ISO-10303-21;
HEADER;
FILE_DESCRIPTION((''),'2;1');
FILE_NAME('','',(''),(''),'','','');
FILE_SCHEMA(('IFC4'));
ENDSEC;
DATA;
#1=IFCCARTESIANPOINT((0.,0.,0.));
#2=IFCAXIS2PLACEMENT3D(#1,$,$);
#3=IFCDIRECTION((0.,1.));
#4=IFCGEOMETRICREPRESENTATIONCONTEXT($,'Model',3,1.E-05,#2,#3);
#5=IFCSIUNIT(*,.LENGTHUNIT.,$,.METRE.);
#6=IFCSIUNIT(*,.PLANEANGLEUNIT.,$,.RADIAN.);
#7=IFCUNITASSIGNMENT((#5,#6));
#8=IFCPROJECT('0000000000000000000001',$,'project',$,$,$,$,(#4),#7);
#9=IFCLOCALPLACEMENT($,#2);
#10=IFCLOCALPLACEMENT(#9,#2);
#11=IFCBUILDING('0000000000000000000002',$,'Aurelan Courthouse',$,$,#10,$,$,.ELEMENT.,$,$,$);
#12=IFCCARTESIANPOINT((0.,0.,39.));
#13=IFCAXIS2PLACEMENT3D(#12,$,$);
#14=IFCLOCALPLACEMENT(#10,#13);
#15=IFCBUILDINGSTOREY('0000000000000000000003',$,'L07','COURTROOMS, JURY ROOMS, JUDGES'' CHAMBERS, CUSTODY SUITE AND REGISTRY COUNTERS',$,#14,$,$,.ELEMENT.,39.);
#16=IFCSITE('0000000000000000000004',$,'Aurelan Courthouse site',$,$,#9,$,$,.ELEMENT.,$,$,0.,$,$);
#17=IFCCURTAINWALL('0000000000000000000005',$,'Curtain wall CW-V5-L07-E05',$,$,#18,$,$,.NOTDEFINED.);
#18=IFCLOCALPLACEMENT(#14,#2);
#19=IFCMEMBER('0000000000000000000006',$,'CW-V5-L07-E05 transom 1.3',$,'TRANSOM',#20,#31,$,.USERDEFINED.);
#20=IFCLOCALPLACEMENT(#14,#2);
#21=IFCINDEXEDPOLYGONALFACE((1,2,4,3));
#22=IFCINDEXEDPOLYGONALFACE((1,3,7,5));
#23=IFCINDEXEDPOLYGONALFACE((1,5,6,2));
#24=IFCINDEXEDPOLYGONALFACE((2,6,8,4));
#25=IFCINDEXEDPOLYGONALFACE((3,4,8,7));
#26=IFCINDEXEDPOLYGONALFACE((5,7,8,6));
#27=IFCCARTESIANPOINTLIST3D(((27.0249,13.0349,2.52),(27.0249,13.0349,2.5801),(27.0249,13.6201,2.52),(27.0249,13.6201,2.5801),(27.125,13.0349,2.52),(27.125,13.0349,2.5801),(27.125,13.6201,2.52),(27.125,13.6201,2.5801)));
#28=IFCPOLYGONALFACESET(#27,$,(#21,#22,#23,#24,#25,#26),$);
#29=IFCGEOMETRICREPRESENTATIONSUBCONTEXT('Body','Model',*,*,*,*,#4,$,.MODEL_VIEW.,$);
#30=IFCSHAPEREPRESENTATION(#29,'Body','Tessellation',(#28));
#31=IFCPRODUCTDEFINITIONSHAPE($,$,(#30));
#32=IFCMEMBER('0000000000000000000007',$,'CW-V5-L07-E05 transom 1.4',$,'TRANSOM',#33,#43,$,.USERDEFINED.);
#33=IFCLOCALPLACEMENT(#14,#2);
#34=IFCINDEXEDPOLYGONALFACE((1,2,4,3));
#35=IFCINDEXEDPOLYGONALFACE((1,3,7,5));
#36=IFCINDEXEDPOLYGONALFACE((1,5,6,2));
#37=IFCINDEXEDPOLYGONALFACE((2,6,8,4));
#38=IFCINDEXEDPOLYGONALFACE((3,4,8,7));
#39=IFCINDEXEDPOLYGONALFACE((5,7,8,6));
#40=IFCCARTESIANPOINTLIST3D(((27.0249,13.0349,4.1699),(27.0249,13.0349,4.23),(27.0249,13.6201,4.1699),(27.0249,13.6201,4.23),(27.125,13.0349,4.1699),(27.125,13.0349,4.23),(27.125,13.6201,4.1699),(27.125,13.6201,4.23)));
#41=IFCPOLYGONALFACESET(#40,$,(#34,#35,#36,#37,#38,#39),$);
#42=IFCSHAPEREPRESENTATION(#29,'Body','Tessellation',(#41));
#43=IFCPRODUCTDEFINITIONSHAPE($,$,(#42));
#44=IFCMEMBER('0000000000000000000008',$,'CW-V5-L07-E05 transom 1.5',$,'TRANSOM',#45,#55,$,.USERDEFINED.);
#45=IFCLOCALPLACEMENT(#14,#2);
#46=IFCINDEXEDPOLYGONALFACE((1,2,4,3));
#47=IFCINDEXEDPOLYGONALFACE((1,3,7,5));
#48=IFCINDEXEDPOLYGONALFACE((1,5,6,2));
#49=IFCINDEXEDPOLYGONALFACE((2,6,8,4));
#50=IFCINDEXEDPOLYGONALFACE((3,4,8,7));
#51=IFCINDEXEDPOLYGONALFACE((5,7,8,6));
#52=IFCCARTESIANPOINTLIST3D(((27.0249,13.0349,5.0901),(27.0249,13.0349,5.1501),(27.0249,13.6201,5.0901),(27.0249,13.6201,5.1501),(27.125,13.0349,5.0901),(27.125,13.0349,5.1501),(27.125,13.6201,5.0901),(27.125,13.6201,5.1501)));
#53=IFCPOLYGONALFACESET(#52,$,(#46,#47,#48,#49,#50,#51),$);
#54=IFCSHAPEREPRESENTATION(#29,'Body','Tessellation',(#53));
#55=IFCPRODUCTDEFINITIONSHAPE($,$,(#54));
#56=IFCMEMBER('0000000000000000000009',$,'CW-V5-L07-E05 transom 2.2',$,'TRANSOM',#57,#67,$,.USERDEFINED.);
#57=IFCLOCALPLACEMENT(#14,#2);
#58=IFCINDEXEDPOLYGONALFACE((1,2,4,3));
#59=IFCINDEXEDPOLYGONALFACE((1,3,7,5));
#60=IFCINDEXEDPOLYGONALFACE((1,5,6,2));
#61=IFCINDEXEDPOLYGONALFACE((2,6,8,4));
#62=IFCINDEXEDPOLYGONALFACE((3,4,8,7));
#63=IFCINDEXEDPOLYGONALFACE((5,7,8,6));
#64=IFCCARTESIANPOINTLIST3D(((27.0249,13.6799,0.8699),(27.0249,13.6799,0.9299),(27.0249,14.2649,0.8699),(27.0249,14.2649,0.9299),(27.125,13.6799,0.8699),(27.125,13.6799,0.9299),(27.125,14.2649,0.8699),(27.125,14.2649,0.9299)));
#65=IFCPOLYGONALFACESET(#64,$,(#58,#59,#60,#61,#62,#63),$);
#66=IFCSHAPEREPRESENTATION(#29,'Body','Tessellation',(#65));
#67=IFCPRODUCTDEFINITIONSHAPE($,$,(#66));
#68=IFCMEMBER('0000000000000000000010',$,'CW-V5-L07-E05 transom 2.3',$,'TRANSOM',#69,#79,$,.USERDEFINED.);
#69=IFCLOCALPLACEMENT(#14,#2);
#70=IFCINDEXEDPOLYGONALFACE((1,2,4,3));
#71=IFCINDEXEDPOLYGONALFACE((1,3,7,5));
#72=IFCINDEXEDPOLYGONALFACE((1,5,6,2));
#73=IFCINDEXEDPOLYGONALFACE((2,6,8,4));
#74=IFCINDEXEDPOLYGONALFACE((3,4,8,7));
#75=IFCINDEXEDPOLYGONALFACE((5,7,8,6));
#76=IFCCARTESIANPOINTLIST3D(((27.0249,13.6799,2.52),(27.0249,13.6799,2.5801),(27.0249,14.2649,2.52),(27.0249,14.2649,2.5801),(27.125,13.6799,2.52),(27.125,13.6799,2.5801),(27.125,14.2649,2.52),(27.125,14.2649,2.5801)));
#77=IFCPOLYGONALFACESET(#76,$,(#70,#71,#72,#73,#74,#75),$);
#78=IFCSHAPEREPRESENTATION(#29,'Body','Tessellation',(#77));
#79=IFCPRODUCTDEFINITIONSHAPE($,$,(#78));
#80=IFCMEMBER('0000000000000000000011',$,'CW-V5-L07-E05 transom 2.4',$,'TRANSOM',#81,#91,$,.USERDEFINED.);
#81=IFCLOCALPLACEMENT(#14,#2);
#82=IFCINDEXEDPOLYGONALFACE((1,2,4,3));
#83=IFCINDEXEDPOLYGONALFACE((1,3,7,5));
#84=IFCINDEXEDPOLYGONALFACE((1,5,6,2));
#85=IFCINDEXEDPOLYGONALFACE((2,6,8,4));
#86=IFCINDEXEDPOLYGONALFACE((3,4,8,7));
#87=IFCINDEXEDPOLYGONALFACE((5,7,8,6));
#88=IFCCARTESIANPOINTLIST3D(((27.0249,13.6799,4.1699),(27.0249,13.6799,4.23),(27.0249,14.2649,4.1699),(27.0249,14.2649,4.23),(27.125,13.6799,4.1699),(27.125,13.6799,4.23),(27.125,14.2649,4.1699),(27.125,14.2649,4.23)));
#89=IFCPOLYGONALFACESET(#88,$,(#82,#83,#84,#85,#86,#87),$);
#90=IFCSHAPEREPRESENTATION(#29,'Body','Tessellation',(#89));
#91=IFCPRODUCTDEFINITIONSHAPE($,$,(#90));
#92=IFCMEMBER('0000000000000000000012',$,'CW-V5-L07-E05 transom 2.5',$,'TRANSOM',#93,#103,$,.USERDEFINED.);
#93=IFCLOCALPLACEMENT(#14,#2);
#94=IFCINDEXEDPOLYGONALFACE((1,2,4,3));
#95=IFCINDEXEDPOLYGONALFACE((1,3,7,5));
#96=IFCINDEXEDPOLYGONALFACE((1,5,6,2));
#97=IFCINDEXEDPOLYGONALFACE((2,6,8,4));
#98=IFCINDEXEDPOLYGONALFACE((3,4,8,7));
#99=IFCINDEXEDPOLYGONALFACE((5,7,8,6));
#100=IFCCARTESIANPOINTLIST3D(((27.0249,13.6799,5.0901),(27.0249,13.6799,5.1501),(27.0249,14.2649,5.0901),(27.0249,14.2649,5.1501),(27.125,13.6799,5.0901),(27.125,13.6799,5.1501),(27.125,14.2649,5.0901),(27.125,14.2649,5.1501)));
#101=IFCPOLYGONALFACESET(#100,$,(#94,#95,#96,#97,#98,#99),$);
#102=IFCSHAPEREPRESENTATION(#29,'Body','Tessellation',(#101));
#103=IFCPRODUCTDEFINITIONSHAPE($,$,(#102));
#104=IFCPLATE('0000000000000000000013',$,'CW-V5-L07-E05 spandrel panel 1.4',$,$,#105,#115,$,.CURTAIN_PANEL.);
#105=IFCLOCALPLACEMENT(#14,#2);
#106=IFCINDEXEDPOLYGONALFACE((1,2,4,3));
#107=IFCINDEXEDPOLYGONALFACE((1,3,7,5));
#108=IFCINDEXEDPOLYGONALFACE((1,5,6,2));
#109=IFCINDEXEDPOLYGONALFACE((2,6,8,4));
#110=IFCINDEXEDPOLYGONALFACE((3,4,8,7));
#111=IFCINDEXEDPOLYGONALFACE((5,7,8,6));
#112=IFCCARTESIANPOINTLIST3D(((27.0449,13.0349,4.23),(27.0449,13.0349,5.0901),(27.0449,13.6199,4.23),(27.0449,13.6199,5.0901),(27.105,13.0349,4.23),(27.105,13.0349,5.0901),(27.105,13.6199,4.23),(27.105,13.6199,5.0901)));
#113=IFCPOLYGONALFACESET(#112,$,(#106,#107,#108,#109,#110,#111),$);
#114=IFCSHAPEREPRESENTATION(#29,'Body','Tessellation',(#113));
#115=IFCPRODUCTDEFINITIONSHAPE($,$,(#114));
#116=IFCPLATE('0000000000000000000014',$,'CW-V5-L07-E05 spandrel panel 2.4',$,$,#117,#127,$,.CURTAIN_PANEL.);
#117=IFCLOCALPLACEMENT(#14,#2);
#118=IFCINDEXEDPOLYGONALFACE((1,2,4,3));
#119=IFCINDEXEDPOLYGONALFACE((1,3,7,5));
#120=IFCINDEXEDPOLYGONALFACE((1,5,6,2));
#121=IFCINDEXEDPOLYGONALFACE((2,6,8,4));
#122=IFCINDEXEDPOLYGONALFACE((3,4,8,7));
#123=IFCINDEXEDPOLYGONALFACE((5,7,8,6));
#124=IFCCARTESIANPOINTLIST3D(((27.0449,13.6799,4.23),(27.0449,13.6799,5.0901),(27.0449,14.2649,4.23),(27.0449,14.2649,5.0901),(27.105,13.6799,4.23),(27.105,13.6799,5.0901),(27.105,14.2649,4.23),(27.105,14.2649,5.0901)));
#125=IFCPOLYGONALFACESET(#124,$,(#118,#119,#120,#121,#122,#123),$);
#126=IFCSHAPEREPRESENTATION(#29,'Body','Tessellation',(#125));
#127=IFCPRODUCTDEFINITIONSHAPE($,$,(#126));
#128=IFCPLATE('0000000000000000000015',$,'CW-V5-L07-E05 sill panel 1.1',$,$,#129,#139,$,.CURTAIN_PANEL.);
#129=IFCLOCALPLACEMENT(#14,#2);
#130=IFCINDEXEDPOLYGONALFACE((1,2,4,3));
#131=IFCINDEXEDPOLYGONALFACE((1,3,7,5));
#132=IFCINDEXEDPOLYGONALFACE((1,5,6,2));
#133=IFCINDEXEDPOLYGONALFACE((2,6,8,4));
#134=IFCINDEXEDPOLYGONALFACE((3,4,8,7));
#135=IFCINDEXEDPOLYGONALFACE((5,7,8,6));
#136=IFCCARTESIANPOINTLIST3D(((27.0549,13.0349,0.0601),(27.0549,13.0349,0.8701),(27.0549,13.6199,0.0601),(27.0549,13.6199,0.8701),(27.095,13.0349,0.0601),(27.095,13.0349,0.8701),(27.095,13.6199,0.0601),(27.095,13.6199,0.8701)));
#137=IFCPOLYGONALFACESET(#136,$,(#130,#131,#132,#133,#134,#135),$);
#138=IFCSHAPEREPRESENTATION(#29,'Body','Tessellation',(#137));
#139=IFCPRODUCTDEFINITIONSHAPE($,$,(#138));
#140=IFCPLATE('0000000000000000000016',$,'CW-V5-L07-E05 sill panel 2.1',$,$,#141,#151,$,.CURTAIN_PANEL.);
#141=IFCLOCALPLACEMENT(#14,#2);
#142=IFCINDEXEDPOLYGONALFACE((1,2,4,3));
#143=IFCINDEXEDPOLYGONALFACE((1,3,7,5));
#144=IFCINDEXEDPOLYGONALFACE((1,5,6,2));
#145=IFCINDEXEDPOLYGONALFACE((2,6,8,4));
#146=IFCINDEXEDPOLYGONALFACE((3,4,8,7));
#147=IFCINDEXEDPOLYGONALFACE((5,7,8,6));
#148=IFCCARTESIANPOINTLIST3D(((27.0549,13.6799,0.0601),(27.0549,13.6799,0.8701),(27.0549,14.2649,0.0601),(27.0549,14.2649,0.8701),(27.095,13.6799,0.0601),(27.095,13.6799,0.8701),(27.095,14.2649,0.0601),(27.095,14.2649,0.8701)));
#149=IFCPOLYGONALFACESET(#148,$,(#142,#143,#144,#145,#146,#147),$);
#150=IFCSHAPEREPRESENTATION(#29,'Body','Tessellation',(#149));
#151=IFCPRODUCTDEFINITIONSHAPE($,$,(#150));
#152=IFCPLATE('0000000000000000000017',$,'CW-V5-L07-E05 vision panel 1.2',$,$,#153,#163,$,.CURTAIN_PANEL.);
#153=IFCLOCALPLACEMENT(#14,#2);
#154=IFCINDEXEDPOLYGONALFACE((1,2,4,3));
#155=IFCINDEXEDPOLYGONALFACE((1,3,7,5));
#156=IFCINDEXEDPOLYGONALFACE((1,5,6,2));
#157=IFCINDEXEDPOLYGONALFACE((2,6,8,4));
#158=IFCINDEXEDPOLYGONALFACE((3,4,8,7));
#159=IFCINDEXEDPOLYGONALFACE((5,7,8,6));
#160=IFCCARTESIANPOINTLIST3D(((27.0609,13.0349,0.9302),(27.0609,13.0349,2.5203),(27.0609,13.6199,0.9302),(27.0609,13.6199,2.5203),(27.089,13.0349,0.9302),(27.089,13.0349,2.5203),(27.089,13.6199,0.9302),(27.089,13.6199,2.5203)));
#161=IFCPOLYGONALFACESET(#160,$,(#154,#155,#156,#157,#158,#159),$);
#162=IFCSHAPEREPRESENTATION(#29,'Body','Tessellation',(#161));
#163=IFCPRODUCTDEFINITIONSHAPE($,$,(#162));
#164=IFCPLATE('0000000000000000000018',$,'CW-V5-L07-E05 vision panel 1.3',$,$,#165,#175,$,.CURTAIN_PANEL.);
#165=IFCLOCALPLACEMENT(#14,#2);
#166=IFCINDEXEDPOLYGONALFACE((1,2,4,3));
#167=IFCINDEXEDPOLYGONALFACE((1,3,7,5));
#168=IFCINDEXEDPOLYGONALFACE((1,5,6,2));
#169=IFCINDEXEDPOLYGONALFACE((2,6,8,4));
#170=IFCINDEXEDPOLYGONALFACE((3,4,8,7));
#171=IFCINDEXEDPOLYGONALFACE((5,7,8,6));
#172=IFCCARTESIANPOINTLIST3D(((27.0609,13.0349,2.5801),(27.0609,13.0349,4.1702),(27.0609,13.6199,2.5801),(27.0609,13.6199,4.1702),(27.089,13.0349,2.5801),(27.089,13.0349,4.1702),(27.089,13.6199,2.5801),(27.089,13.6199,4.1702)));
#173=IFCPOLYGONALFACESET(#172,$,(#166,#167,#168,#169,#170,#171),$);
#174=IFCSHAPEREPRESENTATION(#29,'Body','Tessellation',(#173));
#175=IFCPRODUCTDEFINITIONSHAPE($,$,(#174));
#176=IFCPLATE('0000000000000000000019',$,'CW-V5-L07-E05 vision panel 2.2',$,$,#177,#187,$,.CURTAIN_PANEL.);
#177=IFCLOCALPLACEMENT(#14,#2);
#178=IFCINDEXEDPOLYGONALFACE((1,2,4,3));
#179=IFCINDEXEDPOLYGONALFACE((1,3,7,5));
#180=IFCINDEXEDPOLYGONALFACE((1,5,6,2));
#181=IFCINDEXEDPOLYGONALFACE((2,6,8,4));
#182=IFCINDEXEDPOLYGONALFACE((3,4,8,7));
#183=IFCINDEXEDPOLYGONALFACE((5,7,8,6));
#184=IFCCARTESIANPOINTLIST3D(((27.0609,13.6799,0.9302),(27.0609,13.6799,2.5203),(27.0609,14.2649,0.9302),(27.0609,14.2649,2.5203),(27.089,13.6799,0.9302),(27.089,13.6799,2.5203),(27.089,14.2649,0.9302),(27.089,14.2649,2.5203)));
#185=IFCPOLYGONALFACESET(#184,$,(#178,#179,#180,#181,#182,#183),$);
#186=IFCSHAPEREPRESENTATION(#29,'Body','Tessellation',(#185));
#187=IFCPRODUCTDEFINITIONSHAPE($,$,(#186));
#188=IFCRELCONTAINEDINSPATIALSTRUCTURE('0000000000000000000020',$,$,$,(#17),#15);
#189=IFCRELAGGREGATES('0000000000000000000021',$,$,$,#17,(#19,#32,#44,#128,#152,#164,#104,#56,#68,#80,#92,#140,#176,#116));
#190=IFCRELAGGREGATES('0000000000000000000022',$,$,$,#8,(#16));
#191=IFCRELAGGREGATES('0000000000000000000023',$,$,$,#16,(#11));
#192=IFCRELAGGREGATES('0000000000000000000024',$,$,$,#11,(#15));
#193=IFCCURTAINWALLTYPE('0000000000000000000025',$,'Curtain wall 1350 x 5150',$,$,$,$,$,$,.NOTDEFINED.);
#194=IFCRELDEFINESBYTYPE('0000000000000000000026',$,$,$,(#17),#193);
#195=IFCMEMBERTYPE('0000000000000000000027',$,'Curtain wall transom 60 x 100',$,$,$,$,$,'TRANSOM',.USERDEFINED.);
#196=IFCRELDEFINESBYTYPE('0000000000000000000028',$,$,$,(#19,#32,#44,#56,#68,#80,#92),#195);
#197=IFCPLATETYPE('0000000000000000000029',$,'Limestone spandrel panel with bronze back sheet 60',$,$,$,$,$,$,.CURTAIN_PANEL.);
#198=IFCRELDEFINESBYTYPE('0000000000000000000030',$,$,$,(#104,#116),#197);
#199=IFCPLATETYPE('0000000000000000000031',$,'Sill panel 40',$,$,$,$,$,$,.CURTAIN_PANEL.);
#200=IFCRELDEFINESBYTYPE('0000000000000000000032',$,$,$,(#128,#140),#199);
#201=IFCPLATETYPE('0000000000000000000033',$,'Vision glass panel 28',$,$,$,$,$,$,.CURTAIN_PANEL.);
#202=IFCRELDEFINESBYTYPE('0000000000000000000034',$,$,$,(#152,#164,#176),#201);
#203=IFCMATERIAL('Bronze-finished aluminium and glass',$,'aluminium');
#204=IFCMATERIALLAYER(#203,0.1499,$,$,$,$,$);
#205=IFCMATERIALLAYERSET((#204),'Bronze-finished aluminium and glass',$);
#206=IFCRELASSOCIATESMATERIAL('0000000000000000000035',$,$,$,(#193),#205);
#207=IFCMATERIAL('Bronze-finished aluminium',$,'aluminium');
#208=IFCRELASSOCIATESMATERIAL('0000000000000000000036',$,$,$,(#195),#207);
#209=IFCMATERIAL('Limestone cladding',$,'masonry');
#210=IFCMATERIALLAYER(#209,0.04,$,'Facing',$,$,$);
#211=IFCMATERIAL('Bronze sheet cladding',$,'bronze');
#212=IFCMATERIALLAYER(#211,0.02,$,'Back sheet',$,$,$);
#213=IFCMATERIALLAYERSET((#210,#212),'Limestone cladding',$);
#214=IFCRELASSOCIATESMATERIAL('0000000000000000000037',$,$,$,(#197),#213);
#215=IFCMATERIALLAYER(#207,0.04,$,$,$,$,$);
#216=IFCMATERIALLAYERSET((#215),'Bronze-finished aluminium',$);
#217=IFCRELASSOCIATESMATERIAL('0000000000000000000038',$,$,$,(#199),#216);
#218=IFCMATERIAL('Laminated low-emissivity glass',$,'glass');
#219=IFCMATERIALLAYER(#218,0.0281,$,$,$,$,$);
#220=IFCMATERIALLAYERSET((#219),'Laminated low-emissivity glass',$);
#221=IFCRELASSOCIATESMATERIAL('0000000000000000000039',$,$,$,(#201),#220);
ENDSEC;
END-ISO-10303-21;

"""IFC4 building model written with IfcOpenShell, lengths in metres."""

from ifc_helpers import new_model, si_unit, direction, frame, origin, origin_2d, place, context, subcontext, project, spatial, rectangle, extrude, material, layer, layer_set, material_profile, profile_set, type_object, element, aggregate, save


model = new_model("IFC4")

# Units and contexts
model_context = context("Model", 3, precision=1e-05, world=origin(), true_north=direction((0.0, 1.0)))
body_context = subcontext(model_context, "Body", "Model", "MODEL_VIEW")
ifc_project = project(units=[si_unit("LENGTHUNIT", "METRE"), si_unit("PLANEANGLEUNIT", "RADIAN")], contexts=[model_context])

# Site, building, storey
site_placement = place(None, origin())
site = spatial("IfcSite", under=ifc_project, at=site_placement, Name="Aurelan Courthouse site", CompositionType="ELEMENT", RefElevation=0.0)
building_placement = place(site_placement, origin())
building = spatial("IfcBuilding", under=site, at=building_placement, Name="Aurelan Courthouse", CompositionType="ELEMENT")
storey_placement = place(building_placement, frame((0.0, 0.0, 39.0)))
storey = spatial("IfcBuildingStorey", under=building, at=storey_placement, Name="L07", Description="COURTROOMS, JURY ROOMS, JUDGES' CHAMBERS, CUSTODY SUITE AND REGISTRY COUNTERS", CompositionType="ELEMENT", Elevation=39.0)

# Curtain wall, members, plates
ifc_material_1 = material(Name="Bronze-finished aluminium and glass", Category="aluminium")
ifc_layer_1 = layer(ifc_material_1, 0.1499)
ifc_layer_set_1 = layer_set([ifc_layer_1], Name="Bronze-finished aluminium and glass")
curtain_wall_type = type_object("IfcCurtainWallType", Name="Curtain wall 1350 x 5150", PredefinedType="NOTDEFINED", material=ifc_layer_set_1)
curtain_wall_placement = place(storey_placement, origin())
curtain_wall = element("IfcCurtainWall", 1, at=curtain_wall_placement, inside=storey, type_object=curtain_wall_type, Name="Curtain wall CW-V5-L07-E05", PredefinedType="NOTDEFINED")
ifc_material_2 = material(Name="Bronze-finished aluminium", Category="aluminium")
ifc_material_profile = material_profile(ifc_material_2, rectangle(XDim=0.1001, YDim=0.0601, at=origin_2d()), Name="Bronze transom 60 x 100")
ifc_profile_set = profile_set([ifc_material_profile], Name="Bronze-finished aluminium")
member_type = type_object("IfcMemberType", Name="Curtain wall transom 60 x 100", ElementType="TRANSOM", PredefinedType="USERDEFINED", material=ifc_profile_set)
member_1_placement = place(storey_placement, frame((27.075, 13.0349, 2.55), z_axis=(0.0, 1.0, 0.0), x_axis=(-1.0, 0.0, 0.0)))
member_1 = element("IfcMember", 2, at=member_1_placement, type_object=member_type, Name="CW-V5-L07-E05 transom 1.3", ObjectType="TRANSOM", PredefinedType="USERDEFINED", context=body_context, shape_type="SweptSolid", body=[
    extrude(rectangle(XDim=0.1001, YDim=0.0601, at=origin_2d()), origin(), (0.0, 0.0, 1.0), 0.5852),
])
member_2_placement = place(storey_placement, frame((27.075, 13.0349, 4.2), z_axis=(0.0, 1.0, 0.0), x_axis=(-1.0, 0.0, 0.0)))
member_2 = element("IfcMember", 3, at=member_2_placement, type_object=member_type, Name="CW-V5-L07-E05 transom 1.4", ObjectType="TRANSOM", PredefinedType="USERDEFINED", context=body_context, shape_type="SweptSolid", body=[
    extrude(rectangle(XDim=0.1001, YDim=0.0601, at=origin_2d()), origin(), (0.0, 0.0, 1.0), 0.5852),
])
member_3_placement = place(storey_placement, frame((27.075, 13.0349, 5.1201), z_axis=(0.0, 1.0, 0.0), x_axis=(-1.0, 0.0, 0.0)))
member_3 = element("IfcMember", 4, at=member_3_placement, type_object=member_type, Name="CW-V5-L07-E05 transom 1.5", ObjectType="TRANSOM", PredefinedType="USERDEFINED", context=body_context, shape_type="SweptSolid", body=[
    extrude(rectangle(XDim=0.1001, YDim=0.0601, at=origin_2d()), origin(), (0.0, 0.0, 1.0), 0.5852),
])
member_4_placement = place(storey_placement, frame((27.075, 13.6799, 0.8999), z_axis=(0.0, 1.0, 0.0), x_axis=(-1.0, 0.0, 0.0)))
member_4 = element("IfcMember", 5, at=member_4_placement, type_object=member_type, Name="CW-V5-L07-E05 transom 2.2", ObjectType="TRANSOM", PredefinedType="USERDEFINED", context=body_context, shape_type="SweptSolid", body=[
    extrude(rectangle(XDim=0.1001, YDim=0.0601, at=origin_2d()), origin(), (0.0, 0.0, 1.0), 0.585),
])
member_5_placement = place(storey_placement, frame((27.075, 13.6799, 2.55), z_axis=(0.0, 1.0, 0.0), x_axis=(-1.0, 0.0, 0.0)))
member_5 = element("IfcMember", 6, at=member_5_placement, type_object=member_type, Name="CW-V5-L07-E05 transom 2.3", ObjectType="TRANSOM", PredefinedType="USERDEFINED", context=body_context, shape_type="SweptSolid", body=[
    extrude(rectangle(XDim=0.1001, YDim=0.0601, at=origin_2d()), origin(), (0.0, 0.0, 1.0), 0.585),
])
member_6_placement = place(storey_placement, frame((27.075, 13.6799, 4.2), z_axis=(0.0, 1.0, 0.0), x_axis=(-1.0, 0.0, 0.0)))
member_6 = element("IfcMember", 7, at=member_6_placement, type_object=member_type, Name="CW-V5-L07-E05 transom 2.4", ObjectType="TRANSOM", PredefinedType="USERDEFINED", context=body_context, shape_type="SweptSolid", body=[
    extrude(rectangle(XDim=0.1001, YDim=0.0601, at=origin_2d()), origin(), (0.0, 0.0, 1.0), 0.585),
])
member_7_placement = place(storey_placement, frame((27.075, 13.6799, 5.1201), z_axis=(0.0, 1.0, 0.0), x_axis=(-1.0, 0.0, 0.0)))
member_7 = element("IfcMember", 8, at=member_7_placement, type_object=member_type, Name="CW-V5-L07-E05 transom 2.5", ObjectType="TRANSOM", PredefinedType="USERDEFINED", context=body_context, shape_type="SweptSolid", body=[
    extrude(rectangle(XDim=0.1001, YDim=0.0601, at=origin_2d()), origin(), (0.0, 0.0, 1.0), 0.585),
])
ifc_material_3 = material(Name="Limestone cladding", Category="masonry")
ifc_layer_2 = layer(ifc_material_3, 0.04, Name="Facing")
ifc_material_4 = material(Name="Bronze sheet cladding", Category="bronze")
ifc_layer_3 = layer(ifc_material_4, 0.02, Name="Back sheet")
ifc_layer_set_2 = layer_set([ifc_layer_2, ifc_layer_3], Name="Limestone cladding")
plate_type_1 = type_object("IfcPlateType", Name="Limestone spandrel panel with bronze back sheet 60", PredefinedType="CURTAIN_PANEL", material=ifc_layer_set_2)
plate_1_placement = place(storey_placement, frame((27.075, 13.3274, 4.23), z_axis=(0.0, 0.0, 1.0), x_axis=(0.0, 1.0, 0.0)))
plate_1 = element("IfcPlate", 9, at=plate_1_placement, type_object=plate_type_1, Name="CW-V5-L07-E05 spandrel panel 1.4", PredefinedType="CURTAIN_PANEL", context=body_context, shape_type="SweptSolid", body=[
    extrude(rectangle(XDim=0.585, YDim=0.0601, at=origin_2d()), origin(), (0.0, 0.0, 1.0), 0.8601),
])
plate_2_placement = place(storey_placement, frame((27.075, 13.9724, 4.23), z_axis=(0.0, 0.0, 1.0), x_axis=(0.0, 1.0, 0.0)))
plate_2 = element("IfcPlate", 10, at=plate_2_placement, type_object=plate_type_1, Name="CW-V5-L07-E05 spandrel panel 2.4", PredefinedType="CURTAIN_PANEL", context=body_context, shape_type="SweptSolid", body=[
    extrude(rectangle(XDim=0.585, YDim=0.0601, at=origin_2d()), origin(), (0.0, 0.0, 1.0), 0.8601),
])
ifc_layer_4 = layer(ifc_material_2, 0.04)
ifc_layer_set_3 = layer_set([ifc_layer_4], Name="Bronze-finished aluminium")
plate_type_2 = type_object("IfcPlateType", Name="Sill panel 40", PredefinedType="CURTAIN_PANEL", material=ifc_layer_set_3)
plate_3_placement = place(storey_placement, frame((27.075, 13.3274, 0.0601), z_axis=(0.0, 0.0, 1.0), x_axis=(0.0, 1.0, 0.0)))
plate_3 = element("IfcPlate", 11, at=plate_3_placement, type_object=plate_type_2, Name="CW-V5-L07-E05 sill panel 1.1", PredefinedType="CURTAIN_PANEL", context=body_context, shape_type="SweptSolid", body=[
    extrude(rectangle(XDim=0.585, YDim=0.04, at=origin_2d()), origin(), (0.0, 0.0, 1.0), 0.8101),
])
plate_4_placement = place(storey_placement, frame((27.075, 13.9724, 0.0601), z_axis=(0.0, 0.0, 1.0), x_axis=(0.0, 1.0, 0.0)))
plate_4 = element("IfcPlate", 12, at=plate_4_placement, type_object=plate_type_2, Name="CW-V5-L07-E05 sill panel 2.1", PredefinedType="CURTAIN_PANEL", context=body_context, shape_type="SweptSolid", body=[
    extrude(rectangle(XDim=0.585, YDim=0.04, at=origin_2d()), origin(), (0.0, 0.0, 1.0), 0.8101),
])
ifc_material_5 = material(Name="Laminated low-emissivity glass", Category="glass")
ifc_layer_5 = layer(ifc_material_5, 0.0281)
ifc_layer_set_4 = layer_set([ifc_layer_5], Name="Laminated low-emissivity glass")
plate_type_3 = type_object("IfcPlateType", Name="Vision glass panel 28", PredefinedType="CURTAIN_PANEL", material=ifc_layer_set_4)
plate_5_placement = place(storey_placement, frame((27.075, 13.3274, 0.9302), z_axis=(0.0, 0.0, 1.0), x_axis=(0.0, 1.0, 0.0)))
plate_5 = element("IfcPlate", 13, at=plate_5_placement, type_object=plate_type_3, Name="CW-V5-L07-E05 vision panel 1.2", PredefinedType="CURTAIN_PANEL", context=body_context, shape_type="SweptSolid", body=[
    extrude(rectangle(XDim=0.585, YDim=0.0281, at=origin_2d()), origin(), (0.0, 0.0, 1.0), 1.5901),
])
plate_6_placement = place(storey_placement, frame((27.075, 13.3274, 2.5801), z_axis=(0.0, 0.0, 1.0), x_axis=(0.0, 1.0, 0.0)))
plate_6 = element("IfcPlate", 14, at=plate_6_placement, type_object=plate_type_3, Name="CW-V5-L07-E05 vision panel 1.3", PredefinedType="CURTAIN_PANEL", context=body_context, shape_type="SweptSolid", body=[
    extrude(rectangle(XDim=0.585, YDim=0.0281, at=origin_2d()), origin(), (0.0, 0.0, 1.0), 1.5901),
])
plate_7_placement = place(storey_placement, frame((27.075, 13.9724, 0.9302), z_axis=(0.0, 0.0, 1.0), x_axis=(0.0, 1.0, 0.0)))
plate_7 = element("IfcPlate", 15, at=plate_7_placement, type_object=plate_type_3, Name="CW-V5-L07-E05 vision panel 2.2", PredefinedType="CURTAIN_PANEL", context=body_context, shape_type="SweptSolid", body=[
    extrude(rectangle(XDim=0.585, YDim=0.0281, at=origin_2d()), origin(), (0.0, 0.0, 1.0), 1.5901),
])
aggregate(curtain_wall, [member_1, member_2, member_3, plate_3, plate_5, plate_6, plate_1, member_4, member_5, member_6, member_7, plate_4, plate_7, plate_2])

save(model, "model.ifc")
